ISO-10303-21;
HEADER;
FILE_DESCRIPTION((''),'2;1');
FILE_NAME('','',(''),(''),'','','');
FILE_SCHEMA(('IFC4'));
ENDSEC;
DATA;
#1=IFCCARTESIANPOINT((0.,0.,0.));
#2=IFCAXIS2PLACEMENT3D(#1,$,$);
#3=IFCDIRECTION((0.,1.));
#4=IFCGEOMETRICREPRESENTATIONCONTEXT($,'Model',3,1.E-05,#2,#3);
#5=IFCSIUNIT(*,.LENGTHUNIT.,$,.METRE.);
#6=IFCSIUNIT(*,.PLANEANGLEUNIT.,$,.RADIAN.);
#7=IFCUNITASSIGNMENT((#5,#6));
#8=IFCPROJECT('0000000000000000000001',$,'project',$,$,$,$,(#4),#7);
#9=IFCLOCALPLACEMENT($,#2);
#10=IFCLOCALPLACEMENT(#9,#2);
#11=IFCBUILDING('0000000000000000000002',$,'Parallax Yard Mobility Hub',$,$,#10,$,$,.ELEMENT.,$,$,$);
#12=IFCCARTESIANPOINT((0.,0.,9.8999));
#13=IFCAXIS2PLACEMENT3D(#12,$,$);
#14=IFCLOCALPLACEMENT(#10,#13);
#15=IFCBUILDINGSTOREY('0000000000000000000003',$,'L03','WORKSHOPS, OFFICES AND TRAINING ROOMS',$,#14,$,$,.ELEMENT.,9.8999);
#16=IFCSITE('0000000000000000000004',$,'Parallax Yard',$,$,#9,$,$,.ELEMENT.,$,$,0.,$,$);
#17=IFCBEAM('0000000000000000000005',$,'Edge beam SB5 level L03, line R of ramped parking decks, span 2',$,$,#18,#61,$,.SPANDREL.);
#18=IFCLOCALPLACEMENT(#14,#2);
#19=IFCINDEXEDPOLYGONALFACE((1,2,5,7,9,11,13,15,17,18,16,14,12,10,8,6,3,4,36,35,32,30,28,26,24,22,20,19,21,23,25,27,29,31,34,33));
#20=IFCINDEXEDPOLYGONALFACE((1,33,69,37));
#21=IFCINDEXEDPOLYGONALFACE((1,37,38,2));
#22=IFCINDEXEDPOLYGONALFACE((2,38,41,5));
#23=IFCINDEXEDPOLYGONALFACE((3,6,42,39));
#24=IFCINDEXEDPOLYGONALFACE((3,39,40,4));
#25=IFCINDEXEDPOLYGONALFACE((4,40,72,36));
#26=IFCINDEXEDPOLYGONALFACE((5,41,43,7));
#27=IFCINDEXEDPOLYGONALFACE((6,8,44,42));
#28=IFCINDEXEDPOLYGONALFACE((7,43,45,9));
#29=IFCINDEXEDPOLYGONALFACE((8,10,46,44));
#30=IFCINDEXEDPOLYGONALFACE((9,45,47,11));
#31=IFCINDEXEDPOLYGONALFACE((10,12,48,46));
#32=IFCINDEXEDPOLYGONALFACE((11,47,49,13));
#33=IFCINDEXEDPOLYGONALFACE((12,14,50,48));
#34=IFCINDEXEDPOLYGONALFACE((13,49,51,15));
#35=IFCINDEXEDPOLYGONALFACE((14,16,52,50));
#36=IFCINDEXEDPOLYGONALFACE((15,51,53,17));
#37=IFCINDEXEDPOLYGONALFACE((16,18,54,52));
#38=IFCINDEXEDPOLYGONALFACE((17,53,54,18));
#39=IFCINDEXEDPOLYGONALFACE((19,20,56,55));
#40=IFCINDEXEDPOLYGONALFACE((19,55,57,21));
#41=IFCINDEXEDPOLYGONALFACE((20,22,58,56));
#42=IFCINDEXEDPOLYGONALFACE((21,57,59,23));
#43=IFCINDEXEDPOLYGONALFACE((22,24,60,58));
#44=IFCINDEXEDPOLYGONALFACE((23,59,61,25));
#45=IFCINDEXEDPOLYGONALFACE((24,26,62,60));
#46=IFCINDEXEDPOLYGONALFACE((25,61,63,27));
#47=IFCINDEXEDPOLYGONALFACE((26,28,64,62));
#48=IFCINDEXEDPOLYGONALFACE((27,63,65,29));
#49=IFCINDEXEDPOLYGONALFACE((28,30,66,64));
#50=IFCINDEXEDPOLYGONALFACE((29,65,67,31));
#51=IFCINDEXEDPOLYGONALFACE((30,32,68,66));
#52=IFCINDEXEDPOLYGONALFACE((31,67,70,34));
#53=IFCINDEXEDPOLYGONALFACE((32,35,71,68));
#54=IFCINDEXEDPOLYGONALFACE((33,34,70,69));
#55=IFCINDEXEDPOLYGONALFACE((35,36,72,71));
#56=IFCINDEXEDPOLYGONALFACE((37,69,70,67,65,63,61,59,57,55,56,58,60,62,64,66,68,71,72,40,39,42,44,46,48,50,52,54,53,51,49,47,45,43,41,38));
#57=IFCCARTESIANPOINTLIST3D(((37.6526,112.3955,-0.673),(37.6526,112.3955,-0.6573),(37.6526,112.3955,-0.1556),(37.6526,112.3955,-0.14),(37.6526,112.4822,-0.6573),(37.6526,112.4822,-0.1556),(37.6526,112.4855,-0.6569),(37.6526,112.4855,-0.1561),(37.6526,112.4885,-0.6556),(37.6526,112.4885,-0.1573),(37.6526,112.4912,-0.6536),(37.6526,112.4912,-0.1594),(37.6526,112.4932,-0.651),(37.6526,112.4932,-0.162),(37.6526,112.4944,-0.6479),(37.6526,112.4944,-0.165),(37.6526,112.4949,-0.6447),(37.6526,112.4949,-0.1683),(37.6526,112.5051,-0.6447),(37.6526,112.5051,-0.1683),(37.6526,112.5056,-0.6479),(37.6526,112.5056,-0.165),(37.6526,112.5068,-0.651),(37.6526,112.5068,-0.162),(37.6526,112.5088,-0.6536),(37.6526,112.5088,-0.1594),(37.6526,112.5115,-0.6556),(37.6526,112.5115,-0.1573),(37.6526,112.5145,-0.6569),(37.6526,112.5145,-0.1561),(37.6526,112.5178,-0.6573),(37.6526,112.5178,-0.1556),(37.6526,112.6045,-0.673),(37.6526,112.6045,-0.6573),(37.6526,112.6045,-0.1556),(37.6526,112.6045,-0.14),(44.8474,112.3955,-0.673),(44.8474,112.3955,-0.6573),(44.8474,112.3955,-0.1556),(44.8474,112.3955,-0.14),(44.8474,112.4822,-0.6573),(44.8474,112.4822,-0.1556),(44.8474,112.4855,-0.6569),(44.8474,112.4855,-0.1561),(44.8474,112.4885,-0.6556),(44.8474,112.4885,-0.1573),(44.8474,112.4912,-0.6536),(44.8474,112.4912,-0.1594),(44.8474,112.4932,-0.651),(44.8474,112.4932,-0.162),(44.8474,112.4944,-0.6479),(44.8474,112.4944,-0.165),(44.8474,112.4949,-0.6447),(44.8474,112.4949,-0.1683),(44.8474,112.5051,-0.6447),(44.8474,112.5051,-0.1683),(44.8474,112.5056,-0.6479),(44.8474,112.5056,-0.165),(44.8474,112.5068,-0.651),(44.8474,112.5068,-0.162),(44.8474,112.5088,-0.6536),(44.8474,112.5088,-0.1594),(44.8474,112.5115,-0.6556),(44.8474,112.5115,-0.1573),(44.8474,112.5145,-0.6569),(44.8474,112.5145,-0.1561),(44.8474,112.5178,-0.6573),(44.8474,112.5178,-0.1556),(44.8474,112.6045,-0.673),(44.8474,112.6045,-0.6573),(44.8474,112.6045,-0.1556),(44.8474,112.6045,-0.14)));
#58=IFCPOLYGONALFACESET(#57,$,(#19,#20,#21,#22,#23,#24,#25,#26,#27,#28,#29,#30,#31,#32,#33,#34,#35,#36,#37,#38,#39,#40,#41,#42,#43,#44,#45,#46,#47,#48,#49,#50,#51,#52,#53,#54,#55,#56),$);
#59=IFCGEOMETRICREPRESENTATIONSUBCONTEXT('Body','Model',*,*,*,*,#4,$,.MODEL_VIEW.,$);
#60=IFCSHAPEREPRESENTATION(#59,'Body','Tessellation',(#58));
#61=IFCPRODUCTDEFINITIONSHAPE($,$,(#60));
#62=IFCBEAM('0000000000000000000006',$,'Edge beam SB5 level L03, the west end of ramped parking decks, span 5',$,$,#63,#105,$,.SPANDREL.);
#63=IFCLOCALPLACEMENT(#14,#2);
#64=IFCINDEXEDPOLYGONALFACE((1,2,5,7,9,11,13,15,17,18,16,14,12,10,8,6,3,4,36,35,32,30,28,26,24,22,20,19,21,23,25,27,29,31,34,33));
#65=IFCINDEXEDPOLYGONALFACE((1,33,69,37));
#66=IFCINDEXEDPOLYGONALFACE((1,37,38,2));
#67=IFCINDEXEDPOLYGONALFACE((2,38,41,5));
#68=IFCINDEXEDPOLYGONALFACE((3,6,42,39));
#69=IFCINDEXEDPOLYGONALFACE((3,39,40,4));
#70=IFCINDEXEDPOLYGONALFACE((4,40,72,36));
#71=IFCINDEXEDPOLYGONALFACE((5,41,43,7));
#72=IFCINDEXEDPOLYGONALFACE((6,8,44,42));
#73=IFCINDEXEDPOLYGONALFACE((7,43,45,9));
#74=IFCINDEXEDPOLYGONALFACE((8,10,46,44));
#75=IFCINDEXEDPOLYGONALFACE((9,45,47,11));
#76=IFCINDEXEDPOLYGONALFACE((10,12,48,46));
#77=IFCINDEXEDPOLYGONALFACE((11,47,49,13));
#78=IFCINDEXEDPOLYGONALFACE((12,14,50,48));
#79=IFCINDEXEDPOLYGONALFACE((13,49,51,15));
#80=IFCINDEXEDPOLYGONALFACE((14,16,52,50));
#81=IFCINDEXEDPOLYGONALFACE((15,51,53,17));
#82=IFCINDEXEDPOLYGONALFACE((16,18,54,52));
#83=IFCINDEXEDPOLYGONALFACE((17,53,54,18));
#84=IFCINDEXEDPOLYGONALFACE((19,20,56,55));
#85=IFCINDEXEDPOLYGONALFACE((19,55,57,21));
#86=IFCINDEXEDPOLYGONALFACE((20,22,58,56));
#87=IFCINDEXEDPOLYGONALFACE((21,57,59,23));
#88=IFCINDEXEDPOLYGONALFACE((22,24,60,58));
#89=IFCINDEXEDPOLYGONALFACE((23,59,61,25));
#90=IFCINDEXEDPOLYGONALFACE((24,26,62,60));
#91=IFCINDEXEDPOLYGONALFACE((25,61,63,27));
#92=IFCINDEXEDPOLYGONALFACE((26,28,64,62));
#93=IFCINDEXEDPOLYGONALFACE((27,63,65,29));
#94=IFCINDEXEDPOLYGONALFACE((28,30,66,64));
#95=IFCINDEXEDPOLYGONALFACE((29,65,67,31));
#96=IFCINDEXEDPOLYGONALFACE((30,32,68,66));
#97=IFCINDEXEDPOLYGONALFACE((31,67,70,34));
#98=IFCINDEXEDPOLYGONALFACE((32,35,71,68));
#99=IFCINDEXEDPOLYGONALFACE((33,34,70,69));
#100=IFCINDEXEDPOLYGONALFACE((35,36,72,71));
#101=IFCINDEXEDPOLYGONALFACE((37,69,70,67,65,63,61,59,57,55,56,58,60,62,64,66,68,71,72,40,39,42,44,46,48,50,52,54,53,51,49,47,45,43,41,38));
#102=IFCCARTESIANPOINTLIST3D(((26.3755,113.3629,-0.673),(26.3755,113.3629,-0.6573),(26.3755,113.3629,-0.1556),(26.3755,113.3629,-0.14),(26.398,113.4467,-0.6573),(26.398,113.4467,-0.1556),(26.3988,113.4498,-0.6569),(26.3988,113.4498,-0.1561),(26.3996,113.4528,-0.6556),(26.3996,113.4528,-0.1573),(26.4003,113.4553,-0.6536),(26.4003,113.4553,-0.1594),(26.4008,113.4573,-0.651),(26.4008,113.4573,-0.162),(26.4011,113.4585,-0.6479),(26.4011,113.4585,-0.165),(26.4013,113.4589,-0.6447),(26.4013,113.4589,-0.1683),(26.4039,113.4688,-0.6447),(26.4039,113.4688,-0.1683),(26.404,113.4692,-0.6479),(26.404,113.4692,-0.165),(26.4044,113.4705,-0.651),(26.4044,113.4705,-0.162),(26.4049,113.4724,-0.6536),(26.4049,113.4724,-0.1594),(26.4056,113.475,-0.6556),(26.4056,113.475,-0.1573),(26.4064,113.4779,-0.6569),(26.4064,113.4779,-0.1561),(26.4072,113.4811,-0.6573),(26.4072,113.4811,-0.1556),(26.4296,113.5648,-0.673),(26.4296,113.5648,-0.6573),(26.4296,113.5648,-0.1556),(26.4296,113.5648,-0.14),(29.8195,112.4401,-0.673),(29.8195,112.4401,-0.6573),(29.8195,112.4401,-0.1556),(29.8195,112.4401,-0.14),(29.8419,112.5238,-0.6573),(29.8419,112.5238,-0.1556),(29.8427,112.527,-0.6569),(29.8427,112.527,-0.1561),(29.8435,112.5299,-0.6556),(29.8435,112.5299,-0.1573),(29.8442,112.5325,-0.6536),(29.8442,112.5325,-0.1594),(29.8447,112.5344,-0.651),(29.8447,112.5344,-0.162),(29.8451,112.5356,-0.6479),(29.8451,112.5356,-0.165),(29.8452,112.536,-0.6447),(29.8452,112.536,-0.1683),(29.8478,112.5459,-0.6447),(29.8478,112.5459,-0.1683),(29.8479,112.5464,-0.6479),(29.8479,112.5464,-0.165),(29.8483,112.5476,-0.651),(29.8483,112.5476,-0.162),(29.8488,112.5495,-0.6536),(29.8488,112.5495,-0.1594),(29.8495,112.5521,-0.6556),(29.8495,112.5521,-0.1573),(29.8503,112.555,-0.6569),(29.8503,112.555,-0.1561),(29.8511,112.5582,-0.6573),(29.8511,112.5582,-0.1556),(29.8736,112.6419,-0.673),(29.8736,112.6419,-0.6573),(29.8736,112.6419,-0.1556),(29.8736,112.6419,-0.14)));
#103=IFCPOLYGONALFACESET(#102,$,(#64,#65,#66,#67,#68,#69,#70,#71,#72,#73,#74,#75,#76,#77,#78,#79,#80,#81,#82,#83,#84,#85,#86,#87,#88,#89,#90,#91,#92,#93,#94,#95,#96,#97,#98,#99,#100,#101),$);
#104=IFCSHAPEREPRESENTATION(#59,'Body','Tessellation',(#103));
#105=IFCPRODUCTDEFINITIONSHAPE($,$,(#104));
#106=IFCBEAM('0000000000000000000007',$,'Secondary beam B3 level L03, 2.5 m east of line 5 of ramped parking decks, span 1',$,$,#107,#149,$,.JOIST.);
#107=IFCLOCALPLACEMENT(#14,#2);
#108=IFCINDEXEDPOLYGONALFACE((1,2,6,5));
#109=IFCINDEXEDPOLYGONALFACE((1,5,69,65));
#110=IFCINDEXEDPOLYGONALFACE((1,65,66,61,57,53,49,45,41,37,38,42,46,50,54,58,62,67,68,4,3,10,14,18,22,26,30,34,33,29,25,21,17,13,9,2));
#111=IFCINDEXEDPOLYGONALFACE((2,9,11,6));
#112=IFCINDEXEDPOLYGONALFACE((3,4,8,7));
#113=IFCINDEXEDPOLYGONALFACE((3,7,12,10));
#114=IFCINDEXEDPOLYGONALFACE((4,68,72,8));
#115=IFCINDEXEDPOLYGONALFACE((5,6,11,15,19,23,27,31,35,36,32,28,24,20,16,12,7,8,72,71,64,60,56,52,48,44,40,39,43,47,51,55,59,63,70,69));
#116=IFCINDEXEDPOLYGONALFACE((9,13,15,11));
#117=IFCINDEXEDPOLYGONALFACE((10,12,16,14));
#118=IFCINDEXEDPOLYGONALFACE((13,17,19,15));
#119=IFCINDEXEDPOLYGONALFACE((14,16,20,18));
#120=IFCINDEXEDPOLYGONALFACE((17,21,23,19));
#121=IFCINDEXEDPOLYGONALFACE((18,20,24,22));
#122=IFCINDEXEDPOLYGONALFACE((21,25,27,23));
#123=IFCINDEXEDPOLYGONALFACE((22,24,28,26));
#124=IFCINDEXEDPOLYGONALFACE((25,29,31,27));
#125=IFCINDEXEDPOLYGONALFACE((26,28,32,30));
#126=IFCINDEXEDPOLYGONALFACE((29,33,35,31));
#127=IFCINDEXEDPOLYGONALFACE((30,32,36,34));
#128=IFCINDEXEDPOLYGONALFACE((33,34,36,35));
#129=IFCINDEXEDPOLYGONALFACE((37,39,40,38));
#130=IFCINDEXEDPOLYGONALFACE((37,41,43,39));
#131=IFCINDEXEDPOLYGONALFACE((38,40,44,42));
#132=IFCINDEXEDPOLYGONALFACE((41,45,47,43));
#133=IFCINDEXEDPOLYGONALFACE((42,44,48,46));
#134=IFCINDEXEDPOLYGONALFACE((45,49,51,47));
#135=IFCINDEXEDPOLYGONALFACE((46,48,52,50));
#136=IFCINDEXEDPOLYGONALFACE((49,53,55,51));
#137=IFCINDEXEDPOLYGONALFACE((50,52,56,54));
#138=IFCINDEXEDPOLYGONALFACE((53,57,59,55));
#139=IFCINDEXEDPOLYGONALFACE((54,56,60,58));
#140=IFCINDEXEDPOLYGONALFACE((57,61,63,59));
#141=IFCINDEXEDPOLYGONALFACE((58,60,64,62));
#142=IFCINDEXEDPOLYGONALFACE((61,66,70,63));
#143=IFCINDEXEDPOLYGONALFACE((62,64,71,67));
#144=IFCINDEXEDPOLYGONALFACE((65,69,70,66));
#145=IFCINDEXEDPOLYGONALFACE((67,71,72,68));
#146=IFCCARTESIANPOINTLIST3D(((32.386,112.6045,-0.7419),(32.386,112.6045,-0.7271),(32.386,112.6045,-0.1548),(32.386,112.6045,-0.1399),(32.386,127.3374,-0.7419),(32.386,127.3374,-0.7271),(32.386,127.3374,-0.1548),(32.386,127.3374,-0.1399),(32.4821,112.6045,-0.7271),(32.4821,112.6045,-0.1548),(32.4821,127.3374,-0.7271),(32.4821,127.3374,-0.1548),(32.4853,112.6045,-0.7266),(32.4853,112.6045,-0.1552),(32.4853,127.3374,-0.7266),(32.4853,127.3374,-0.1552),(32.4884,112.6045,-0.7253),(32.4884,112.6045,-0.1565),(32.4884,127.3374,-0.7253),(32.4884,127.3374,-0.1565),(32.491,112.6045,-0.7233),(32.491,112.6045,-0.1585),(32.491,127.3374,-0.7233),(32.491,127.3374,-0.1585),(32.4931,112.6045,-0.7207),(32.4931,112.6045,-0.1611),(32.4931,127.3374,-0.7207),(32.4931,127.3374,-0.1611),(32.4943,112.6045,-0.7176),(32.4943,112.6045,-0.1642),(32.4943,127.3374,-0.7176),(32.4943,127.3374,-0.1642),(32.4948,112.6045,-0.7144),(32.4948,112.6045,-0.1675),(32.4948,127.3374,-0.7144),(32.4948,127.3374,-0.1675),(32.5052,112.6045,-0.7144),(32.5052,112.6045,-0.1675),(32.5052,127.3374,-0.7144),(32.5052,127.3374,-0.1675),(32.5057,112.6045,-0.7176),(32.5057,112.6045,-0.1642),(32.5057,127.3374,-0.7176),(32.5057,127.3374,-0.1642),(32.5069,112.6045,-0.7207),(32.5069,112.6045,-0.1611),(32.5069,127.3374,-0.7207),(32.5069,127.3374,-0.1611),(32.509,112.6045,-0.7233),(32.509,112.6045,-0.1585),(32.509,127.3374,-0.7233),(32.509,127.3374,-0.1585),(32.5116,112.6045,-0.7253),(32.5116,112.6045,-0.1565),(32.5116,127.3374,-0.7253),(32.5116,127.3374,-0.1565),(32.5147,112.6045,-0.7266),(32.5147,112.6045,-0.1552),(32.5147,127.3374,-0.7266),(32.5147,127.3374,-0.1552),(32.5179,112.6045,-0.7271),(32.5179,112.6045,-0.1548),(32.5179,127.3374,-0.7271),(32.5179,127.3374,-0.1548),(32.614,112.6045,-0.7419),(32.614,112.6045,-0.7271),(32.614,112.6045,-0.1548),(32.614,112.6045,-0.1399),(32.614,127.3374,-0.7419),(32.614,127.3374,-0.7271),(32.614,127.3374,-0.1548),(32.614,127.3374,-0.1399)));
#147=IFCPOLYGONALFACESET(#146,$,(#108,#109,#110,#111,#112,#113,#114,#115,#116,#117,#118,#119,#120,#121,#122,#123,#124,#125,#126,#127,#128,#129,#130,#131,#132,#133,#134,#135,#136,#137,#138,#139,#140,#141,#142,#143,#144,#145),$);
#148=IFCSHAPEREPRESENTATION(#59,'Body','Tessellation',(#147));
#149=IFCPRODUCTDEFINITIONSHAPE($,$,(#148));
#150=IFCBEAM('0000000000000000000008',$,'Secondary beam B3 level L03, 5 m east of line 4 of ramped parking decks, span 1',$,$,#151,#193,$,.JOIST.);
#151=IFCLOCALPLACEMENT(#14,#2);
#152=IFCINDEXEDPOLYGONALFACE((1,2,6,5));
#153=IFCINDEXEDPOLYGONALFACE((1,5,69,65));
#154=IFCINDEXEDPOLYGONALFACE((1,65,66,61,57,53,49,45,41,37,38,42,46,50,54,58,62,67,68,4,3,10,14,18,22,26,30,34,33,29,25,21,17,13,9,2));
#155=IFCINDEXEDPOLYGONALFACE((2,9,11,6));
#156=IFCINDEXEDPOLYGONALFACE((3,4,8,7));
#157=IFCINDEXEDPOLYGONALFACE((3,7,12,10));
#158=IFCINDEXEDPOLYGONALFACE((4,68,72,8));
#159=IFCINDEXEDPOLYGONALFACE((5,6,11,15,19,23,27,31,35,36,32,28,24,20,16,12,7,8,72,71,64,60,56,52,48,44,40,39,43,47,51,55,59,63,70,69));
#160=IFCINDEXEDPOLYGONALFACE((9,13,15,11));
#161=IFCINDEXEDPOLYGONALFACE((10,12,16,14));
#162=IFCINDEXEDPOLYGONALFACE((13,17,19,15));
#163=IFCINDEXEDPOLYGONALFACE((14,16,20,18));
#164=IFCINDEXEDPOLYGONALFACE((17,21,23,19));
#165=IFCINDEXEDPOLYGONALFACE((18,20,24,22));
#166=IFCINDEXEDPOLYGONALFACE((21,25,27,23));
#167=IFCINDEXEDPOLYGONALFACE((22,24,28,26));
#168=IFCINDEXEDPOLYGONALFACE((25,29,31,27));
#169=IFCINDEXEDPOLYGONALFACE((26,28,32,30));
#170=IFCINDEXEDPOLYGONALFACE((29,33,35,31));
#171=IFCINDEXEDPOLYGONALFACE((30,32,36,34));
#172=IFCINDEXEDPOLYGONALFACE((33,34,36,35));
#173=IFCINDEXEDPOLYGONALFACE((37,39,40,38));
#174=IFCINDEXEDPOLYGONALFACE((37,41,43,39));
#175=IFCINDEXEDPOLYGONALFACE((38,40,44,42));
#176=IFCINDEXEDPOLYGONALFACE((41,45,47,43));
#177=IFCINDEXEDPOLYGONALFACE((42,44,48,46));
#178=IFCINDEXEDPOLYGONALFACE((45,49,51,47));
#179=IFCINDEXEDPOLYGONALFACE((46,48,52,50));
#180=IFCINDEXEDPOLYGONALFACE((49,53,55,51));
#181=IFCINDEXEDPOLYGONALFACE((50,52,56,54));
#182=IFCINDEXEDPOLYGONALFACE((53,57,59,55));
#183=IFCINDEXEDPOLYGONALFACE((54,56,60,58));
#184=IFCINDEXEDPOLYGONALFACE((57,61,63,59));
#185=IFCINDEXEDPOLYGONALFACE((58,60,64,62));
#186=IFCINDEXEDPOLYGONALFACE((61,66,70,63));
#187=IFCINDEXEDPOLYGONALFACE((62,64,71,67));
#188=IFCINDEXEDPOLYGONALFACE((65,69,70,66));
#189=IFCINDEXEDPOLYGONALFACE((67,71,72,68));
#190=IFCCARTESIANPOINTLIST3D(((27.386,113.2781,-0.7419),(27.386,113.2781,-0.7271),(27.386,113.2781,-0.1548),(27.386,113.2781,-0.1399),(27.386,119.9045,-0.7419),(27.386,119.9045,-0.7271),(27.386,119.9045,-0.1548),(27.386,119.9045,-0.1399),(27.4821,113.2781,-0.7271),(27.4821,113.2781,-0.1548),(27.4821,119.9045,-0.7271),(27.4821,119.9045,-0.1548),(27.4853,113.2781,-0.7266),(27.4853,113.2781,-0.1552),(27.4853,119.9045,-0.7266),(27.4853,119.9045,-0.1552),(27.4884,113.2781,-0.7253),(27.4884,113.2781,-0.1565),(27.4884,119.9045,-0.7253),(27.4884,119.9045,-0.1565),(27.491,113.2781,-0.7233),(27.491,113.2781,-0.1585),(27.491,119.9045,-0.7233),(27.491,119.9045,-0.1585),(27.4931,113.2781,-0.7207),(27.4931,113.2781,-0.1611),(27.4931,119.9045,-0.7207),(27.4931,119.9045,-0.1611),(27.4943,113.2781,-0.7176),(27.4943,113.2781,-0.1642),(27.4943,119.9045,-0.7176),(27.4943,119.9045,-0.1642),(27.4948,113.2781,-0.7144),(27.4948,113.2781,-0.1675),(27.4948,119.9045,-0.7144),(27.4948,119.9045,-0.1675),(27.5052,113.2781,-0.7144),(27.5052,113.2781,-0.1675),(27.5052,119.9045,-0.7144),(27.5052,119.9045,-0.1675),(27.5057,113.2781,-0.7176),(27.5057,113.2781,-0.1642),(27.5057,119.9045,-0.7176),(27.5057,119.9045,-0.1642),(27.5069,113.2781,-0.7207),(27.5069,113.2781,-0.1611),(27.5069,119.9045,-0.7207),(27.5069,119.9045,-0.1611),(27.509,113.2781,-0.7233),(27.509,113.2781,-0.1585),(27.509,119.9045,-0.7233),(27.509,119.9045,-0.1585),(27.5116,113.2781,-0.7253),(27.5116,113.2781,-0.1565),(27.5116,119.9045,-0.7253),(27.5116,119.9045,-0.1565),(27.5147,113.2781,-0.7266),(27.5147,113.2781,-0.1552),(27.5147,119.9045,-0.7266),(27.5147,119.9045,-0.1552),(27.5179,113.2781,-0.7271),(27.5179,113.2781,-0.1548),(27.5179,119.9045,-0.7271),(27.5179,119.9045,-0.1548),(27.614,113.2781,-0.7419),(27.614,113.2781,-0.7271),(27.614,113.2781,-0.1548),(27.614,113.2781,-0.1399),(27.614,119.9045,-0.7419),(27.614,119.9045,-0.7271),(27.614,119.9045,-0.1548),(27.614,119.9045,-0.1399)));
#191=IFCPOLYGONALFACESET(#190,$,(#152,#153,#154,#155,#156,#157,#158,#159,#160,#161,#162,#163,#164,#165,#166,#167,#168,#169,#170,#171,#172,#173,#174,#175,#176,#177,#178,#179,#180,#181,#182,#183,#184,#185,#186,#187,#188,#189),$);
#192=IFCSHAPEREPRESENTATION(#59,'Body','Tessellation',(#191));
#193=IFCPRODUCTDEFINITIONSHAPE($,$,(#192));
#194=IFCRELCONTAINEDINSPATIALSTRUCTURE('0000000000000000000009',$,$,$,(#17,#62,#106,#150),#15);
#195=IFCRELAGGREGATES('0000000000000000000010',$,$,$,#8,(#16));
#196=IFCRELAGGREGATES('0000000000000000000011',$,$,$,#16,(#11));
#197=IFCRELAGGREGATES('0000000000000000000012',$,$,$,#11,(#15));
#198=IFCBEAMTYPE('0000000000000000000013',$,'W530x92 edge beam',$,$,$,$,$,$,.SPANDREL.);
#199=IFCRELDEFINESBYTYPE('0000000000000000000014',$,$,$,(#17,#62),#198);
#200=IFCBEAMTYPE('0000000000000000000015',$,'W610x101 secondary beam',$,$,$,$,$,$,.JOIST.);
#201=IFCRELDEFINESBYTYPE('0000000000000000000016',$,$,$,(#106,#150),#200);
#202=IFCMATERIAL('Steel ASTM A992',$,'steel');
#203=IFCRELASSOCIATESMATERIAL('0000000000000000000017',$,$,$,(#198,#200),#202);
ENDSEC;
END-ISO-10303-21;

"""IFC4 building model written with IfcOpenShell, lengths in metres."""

from ifc_helpers import new_model, si_unit, direction, frame, origin, origin_2d, place, context, subcontext, project, spatial, i_section, extrude, material, material_profile, profile_set, type_object, element, save


model = new_model("IFC4")

# Units and contexts
model_context = context("Model", 3, precision=1e-05, world=origin(), true_north=direction((0.0, 1.0)))
body_context = subcontext(model_context, "Body", "Model", "MODEL_VIEW")
ifc_project = project(units=[si_unit("LENGTHUNIT", "METRE"), si_unit("PLANEANGLEUNIT", "RADIAN")], contexts=[model_context])

# Site, building, storey
site_placement = place(None, origin())
site = spatial("IfcSite", under=ifc_project, at=site_placement, Name="Parallax Yard", CompositionType="ELEMENT", RefElevation=0.0)
building_placement = place(site_placement, origin())
building = spatial("IfcBuilding", under=site, at=building_placement, Name="Parallax Yard Mobility Hub", CompositionType="ELEMENT")
storey_placement = place(building_placement, frame((0.0, 0.0, 9.8999)))
storey = spatial("IfcBuildingStorey", under=building, at=storey_placement, Name="L03", Description="WORKSHOPS, OFFICES AND TRAINING ROOMS", CompositionType="ELEMENT", Elevation=9.8999)

# Shared definitions
ifc_material_1 = material(Name="Steel ASTM A992", Category="steel")

# Beams
ifc_material_profile_1 = material_profile(ifc_material_1, i_section(OverallWidth=0.209, OverallDepth=0.533, WebThickness=0.0103, FlangeThickness=0.0156, FilletRadius=0.0127, at=origin_2d()), Name="W530x92")
ifc_profile_set_1 = profile_set([ifc_material_profile_1], Name="Steel ASTM A992")
beam_type_1 = type_object("IfcBeamType", Name="W530x92 edge beam", PredefinedType="SPANDREL", material=ifc_profile_set_1)
beam_1_placement = place(storey_placement, frame((37.6526, 112.5, -0.4065), z_axis=(1.0, 0.0, 0.0), x_axis=(0.0, 1.0, 0.0)))
element("IfcBeam", 1, at=beam_1_placement, inside=storey, type_object=beam_type_1, Name="Edge beam SB5 level L03, line R of ramped parking decks, span 2", PredefinedType="SPANDREL", context=body_context, shape_type="SweptSolid", body=[
    extrude(i_section(OverallWidth=0.209, OverallDepth=0.533, WebThickness=0.0103, FlangeThickness=0.0156, FilletRadius=0.0127, at=origin_2d()), origin(), (0.0, 0.0, 1.0), 7.1948),
])
beam_2_placement = place(storey_placement, frame((26.4026, 113.4639, -0.4065), z_axis=(0.965921, -0.258839, 0.0), x_axis=(0.258839, 0.965921, 0.0)))
element("IfcBeam", 2, at=beam_2_placement, inside=storey, type_object=beam_type_1, Name="Edge beam SB5 level L03, the west end of ramped parking decks, span 5", PredefinedType="SPANDREL", context=body_context, shape_type="SweptSolid", body=[
    extrude(i_section(OverallWidth=0.209, OverallDepth=0.533, WebThickness=0.0103, FlangeThickness=0.0156, FilletRadius=0.0127, at=origin_2d()), origin(), (0.0, 0.0, 1.0), 3.5654),
])
ifc_material_profile_2 = material_profile(ifc_material_1, i_section(OverallWidth=0.228, OverallDepth=0.6021, WebThickness=0.0105, FlangeThickness=0.0149, FilletRadius=0.0127, at=origin_2d()), Name="W610x101")
ifc_profile_set_2 = profile_set([ifc_material_profile_2], Name="Steel ASTM A992")
beam_type_2 = type_object("IfcBeamType", Name="W610x101 secondary beam", PredefinedType="JOIST", material=ifc_profile_set_2)
beam_3_placement = place(storey_placement, frame((32.5, 112.6045, -0.4409), z_axis=(0.0, 1.0, 0.0), x_axis=(-1.0, 0.0, 0.0)))
element("IfcBeam", 3, at=beam_3_placement, inside=storey, type_object=beam_type_2, Name="Secondary beam B3 level L03, 2.5 m east of line 5 of ramped parking decks, span 1", PredefinedType="JOIST", context=body_context, shape_type="SweptSolid", body=[
    extrude(i_section(OverallWidth=0.228, OverallDepth=0.6021, WebThickness=0.0105, FlangeThickness=0.0149, FilletRadius=0.0127, at=origin_2d()), origin(), (0.0, 0.0, 1.0), 14.7329),
])
beam_4_placement = place(storey_placement, frame((27.5, 113.2781, -0.4409), z_axis=(0.0, 1.0, 0.0), x_axis=(-1.0, 0.0, 0.0)))
element("IfcBeam", 4, at=beam_4_placement, inside=storey, type_object=beam_type_2, Name="Secondary beam B3 level L03, 5 m east of line 4 of ramped parking decks, span 1", PredefinedType="JOIST", context=body_context, shape_type="SweptSolid", body=[
    extrude(i_section(OverallWidth=0.228, OverallDepth=0.6021, WebThickness=0.0105, FlangeThickness=0.0149, FilletRadius=0.0127, at=origin_2d()), origin(), (0.0, 0.0, 1.0), 6.6265),
])

save(model, "model.ifc")
